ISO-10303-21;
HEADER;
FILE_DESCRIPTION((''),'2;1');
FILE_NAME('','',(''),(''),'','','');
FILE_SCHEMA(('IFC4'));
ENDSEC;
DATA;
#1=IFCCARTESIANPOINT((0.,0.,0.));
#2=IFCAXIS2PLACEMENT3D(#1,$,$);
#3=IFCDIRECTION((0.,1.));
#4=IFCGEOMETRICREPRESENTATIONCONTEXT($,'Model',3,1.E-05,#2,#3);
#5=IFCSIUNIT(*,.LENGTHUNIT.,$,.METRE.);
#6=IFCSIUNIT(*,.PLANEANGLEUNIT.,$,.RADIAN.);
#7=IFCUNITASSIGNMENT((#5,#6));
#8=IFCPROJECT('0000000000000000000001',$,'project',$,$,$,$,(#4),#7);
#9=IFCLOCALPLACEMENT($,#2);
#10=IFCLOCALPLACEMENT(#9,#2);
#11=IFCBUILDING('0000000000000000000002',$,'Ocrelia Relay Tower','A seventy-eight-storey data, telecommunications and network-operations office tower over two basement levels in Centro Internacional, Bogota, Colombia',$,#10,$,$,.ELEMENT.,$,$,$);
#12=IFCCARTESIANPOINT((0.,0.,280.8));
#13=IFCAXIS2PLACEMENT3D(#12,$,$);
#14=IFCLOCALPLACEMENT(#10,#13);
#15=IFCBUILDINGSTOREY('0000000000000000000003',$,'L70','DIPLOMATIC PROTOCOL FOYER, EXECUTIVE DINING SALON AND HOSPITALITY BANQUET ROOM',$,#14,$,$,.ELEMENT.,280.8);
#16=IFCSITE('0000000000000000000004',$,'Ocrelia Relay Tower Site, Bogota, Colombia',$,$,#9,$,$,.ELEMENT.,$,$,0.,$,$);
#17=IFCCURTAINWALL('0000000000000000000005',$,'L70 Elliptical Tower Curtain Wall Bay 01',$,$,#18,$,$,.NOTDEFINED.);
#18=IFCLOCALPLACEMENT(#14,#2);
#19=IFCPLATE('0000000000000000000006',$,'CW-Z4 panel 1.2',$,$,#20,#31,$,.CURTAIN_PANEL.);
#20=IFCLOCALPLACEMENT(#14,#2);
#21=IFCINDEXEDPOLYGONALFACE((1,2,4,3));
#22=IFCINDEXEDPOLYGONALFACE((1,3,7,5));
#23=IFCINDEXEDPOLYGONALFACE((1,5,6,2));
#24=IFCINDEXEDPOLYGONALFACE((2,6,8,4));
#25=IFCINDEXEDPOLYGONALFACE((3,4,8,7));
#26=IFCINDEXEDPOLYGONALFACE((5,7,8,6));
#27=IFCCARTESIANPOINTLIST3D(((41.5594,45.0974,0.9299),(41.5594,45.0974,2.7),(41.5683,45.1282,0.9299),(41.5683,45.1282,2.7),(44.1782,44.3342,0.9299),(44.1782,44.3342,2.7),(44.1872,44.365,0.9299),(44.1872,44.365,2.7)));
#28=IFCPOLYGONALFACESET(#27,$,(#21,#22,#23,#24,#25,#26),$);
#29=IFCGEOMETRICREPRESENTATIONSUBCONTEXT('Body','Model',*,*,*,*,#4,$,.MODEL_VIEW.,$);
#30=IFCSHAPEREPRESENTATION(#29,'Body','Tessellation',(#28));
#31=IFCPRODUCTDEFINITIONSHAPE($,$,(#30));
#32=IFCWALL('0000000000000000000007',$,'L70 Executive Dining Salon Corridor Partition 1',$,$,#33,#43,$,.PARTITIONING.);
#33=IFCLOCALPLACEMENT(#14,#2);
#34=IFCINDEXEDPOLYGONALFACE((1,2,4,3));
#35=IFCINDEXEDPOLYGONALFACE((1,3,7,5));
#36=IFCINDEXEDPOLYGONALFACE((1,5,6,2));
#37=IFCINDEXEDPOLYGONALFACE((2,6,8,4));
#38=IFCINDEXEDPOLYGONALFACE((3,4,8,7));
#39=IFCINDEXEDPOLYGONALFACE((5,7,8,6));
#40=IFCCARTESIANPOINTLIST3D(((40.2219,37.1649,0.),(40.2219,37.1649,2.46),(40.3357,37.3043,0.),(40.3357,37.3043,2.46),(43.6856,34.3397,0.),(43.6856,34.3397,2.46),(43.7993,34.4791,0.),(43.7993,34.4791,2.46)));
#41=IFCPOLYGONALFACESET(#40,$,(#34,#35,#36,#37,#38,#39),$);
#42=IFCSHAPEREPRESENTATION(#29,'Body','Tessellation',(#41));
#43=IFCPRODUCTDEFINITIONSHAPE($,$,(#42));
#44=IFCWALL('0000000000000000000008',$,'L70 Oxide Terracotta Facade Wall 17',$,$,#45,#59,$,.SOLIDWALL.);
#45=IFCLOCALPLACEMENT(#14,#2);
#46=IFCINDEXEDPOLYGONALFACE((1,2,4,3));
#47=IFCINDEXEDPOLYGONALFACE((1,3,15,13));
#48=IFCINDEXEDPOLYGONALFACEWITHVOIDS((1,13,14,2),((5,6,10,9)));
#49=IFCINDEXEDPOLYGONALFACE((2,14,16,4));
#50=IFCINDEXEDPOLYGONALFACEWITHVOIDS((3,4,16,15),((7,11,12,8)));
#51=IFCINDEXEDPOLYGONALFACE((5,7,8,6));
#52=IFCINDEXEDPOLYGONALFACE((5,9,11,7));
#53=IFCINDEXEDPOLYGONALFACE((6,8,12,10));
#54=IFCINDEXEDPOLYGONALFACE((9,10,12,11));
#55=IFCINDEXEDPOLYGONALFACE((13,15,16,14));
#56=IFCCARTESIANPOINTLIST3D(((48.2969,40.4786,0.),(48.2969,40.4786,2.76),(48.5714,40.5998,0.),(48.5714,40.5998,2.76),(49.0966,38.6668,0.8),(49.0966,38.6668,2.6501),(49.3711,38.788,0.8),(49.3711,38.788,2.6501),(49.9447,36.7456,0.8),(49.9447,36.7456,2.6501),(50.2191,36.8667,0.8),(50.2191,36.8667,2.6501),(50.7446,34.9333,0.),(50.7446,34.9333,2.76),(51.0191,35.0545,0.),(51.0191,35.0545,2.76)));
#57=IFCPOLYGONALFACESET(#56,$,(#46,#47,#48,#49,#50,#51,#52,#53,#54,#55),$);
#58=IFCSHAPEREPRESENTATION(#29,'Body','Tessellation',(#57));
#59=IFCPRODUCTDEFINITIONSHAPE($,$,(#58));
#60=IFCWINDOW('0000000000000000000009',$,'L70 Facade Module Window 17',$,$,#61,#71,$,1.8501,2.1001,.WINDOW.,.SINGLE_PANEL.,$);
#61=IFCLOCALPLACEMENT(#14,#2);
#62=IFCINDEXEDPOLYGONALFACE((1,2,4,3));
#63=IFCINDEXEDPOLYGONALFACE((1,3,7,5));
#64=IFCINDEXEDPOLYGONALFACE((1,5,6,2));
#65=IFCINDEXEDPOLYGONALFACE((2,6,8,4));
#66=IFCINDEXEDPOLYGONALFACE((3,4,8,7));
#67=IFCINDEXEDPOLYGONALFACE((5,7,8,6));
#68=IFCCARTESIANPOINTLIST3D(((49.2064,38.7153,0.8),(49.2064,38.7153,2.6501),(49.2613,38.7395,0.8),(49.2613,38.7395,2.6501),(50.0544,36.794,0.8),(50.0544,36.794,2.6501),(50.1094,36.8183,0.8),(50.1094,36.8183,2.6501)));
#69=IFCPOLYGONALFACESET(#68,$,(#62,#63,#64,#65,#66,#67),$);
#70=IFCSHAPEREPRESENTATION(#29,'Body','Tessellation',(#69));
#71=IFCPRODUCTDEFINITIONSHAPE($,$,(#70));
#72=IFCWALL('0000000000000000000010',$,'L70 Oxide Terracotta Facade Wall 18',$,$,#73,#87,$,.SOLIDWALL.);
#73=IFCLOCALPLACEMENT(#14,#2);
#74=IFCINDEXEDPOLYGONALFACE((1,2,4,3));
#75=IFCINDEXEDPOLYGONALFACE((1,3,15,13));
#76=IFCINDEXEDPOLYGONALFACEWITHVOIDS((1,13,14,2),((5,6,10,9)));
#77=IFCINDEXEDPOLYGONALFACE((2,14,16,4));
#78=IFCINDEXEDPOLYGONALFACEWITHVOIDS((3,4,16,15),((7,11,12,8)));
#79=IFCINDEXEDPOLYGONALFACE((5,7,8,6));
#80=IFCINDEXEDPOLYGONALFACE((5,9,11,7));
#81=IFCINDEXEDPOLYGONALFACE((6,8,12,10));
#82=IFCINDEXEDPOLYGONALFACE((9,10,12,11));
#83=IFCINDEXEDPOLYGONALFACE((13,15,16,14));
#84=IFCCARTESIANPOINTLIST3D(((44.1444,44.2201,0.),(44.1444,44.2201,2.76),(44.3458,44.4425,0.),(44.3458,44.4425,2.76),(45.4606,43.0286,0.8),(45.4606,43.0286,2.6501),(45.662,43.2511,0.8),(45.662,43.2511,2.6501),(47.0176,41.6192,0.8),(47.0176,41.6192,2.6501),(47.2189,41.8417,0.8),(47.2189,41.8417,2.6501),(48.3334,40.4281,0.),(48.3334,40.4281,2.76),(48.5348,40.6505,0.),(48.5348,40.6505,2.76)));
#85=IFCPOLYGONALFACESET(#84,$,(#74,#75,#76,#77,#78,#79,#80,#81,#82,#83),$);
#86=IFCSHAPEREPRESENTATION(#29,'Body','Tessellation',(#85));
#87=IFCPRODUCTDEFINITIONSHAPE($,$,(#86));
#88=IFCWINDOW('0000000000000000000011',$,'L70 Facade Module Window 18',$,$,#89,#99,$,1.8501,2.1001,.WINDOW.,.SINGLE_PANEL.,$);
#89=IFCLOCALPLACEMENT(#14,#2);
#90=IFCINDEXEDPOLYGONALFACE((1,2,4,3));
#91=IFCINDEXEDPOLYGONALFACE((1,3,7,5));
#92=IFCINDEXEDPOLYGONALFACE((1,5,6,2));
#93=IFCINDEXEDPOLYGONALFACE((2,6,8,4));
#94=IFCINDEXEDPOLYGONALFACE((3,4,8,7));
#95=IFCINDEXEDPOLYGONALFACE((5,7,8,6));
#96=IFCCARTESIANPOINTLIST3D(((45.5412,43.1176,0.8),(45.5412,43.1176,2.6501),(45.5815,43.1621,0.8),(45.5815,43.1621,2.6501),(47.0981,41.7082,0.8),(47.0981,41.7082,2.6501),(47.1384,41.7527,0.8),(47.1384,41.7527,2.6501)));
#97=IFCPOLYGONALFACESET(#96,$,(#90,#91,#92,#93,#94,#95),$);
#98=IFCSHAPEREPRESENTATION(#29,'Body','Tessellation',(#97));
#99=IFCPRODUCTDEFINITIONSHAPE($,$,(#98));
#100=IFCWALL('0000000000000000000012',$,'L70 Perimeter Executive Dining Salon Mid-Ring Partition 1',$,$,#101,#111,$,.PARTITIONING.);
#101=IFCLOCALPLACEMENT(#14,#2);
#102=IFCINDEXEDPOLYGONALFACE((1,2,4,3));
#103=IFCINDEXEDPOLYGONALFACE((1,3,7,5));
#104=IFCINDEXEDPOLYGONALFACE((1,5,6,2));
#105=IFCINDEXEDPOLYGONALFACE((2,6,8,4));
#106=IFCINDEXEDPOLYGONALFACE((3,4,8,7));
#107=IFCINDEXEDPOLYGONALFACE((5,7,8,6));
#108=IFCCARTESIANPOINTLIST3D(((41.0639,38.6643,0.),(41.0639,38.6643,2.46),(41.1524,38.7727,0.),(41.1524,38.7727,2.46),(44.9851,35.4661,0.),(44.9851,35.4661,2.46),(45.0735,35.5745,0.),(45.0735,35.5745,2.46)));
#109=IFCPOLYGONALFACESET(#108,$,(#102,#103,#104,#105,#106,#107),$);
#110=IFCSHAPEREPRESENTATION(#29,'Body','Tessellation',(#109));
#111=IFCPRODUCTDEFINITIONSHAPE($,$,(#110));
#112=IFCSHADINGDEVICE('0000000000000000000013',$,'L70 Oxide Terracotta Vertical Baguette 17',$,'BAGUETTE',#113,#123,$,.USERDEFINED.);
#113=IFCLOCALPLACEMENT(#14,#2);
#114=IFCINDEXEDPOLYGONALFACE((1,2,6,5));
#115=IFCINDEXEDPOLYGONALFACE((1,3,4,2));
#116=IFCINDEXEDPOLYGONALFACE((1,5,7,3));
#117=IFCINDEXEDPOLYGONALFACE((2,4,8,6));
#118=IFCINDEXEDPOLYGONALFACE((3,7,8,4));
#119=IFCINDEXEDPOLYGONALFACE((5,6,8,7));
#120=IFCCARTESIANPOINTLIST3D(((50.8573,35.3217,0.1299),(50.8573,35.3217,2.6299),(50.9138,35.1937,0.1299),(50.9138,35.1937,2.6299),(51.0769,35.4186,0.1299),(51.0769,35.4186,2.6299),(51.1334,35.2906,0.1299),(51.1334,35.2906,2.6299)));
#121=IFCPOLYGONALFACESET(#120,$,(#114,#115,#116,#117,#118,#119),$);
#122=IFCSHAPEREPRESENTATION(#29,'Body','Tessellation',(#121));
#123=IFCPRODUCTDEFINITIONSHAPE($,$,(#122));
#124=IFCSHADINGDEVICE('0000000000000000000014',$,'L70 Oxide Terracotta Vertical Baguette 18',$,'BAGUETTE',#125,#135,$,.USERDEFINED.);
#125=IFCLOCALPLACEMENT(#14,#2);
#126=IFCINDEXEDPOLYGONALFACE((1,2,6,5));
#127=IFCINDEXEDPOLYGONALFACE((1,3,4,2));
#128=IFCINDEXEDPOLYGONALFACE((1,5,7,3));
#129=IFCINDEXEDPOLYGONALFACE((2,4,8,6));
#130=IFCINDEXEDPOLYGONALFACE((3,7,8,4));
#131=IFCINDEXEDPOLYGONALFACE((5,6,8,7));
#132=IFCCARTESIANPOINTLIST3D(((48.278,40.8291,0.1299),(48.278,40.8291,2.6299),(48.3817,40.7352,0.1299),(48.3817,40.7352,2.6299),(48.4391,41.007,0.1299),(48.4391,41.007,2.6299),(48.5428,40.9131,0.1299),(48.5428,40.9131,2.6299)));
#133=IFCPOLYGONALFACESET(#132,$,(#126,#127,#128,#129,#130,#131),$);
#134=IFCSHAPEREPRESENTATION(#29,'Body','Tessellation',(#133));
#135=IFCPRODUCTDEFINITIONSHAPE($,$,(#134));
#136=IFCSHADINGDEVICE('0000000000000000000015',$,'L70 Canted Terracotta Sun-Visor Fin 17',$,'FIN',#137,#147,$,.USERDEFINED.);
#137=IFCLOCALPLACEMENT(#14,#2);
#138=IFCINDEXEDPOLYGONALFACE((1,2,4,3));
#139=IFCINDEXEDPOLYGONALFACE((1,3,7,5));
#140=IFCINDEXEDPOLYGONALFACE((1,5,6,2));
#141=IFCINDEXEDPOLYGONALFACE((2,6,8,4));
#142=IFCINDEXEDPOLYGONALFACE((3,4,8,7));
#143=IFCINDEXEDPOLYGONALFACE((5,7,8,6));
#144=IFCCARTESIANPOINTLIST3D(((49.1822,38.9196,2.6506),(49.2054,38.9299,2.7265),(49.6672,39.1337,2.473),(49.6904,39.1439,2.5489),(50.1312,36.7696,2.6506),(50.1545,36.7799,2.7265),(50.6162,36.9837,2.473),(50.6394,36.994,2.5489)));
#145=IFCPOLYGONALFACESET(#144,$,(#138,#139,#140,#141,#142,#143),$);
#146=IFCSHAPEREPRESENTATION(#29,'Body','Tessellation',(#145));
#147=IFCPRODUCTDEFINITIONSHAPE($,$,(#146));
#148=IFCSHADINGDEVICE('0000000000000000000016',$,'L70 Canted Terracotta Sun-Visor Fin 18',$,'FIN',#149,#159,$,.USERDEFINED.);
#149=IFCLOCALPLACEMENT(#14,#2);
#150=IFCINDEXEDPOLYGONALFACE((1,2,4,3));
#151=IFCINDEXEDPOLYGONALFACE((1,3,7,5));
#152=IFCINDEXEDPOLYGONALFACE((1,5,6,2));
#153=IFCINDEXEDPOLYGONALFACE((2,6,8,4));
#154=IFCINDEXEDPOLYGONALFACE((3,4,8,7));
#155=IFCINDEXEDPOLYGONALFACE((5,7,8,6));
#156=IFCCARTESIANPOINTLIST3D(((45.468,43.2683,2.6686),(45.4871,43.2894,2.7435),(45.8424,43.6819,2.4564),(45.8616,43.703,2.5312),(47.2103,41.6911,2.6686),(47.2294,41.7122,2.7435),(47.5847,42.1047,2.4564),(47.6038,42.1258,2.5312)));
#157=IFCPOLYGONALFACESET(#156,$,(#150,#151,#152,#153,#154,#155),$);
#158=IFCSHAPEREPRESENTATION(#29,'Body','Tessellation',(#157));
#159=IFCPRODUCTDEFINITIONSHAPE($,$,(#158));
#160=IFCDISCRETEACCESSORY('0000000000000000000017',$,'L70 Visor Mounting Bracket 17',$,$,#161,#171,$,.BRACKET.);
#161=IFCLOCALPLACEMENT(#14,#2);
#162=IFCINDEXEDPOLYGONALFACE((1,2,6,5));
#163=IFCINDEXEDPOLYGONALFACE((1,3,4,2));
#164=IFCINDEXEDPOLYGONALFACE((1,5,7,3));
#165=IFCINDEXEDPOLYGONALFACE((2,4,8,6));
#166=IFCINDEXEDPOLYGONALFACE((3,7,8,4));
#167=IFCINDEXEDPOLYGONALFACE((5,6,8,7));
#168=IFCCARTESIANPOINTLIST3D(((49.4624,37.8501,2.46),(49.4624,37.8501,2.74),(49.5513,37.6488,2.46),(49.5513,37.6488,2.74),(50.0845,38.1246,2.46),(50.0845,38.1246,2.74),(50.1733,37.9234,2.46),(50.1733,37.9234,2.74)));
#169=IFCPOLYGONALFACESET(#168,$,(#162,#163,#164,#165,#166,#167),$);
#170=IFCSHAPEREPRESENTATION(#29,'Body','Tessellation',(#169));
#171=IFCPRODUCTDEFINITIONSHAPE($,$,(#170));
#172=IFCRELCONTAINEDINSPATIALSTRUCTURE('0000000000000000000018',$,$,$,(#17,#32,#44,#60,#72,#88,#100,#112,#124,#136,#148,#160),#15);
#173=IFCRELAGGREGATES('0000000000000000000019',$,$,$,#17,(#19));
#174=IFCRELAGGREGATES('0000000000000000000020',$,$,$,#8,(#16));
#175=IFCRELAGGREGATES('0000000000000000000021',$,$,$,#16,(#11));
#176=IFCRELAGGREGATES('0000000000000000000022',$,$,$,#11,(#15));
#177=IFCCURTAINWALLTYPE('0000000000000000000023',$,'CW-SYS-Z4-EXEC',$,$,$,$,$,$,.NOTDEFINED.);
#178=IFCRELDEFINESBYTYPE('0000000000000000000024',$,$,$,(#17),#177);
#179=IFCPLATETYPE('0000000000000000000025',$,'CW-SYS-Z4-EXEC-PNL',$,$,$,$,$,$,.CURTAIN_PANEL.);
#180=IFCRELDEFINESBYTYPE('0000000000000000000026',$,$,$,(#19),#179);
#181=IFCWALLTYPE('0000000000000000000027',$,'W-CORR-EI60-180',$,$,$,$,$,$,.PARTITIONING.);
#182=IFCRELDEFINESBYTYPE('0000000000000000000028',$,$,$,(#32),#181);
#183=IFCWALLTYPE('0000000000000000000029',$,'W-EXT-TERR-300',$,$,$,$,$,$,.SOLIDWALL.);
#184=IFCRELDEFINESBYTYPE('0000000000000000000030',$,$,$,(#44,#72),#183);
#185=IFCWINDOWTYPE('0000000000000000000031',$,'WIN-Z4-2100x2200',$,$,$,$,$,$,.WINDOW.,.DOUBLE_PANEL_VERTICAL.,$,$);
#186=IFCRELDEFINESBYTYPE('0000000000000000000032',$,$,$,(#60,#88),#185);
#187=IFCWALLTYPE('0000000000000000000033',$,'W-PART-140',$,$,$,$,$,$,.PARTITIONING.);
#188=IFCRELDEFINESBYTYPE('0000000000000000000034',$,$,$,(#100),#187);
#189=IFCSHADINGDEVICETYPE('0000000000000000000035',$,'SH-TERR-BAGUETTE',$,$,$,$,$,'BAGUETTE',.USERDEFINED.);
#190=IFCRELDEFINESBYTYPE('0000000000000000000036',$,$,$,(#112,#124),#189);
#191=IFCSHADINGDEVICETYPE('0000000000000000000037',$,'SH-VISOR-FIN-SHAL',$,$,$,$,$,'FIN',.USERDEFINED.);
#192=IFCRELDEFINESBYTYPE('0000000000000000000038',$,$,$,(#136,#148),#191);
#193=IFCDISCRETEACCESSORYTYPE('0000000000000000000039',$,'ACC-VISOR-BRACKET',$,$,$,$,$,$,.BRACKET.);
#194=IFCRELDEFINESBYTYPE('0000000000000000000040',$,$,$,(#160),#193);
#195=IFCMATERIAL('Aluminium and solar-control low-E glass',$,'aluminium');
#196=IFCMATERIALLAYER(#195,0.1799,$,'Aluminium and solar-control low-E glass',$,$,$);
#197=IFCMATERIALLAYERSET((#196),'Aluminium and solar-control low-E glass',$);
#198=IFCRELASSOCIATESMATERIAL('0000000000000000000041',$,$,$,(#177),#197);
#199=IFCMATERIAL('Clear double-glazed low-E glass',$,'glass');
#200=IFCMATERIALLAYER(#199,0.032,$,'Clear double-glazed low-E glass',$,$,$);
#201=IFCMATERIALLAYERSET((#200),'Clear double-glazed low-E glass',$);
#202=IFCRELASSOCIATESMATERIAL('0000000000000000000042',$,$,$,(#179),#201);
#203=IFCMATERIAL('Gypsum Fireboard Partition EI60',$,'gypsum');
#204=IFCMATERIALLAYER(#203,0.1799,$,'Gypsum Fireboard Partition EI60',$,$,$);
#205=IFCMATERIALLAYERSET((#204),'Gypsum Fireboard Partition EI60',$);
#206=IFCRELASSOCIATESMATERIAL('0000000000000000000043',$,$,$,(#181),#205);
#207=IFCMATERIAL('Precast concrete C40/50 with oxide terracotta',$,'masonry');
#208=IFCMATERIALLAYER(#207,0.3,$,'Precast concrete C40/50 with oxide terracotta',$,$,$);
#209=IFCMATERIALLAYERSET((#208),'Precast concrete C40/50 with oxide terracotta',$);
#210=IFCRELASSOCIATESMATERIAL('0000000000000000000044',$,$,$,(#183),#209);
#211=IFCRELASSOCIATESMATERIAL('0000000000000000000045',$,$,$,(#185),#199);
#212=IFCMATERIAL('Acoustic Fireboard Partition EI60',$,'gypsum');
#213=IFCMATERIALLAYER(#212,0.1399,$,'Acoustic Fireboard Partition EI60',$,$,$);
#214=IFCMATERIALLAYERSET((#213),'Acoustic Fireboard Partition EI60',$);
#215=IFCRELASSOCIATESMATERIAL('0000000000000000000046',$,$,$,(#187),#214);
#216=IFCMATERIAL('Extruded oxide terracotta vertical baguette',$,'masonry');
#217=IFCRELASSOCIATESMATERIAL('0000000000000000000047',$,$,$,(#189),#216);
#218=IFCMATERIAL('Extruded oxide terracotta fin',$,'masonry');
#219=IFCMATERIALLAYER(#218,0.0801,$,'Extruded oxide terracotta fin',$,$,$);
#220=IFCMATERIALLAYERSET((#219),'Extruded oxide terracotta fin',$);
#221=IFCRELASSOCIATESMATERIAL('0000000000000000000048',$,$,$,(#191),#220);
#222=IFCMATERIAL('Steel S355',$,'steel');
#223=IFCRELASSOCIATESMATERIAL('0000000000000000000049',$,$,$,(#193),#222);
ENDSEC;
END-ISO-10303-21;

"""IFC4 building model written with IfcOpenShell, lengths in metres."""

from ifc_helpers import new_model, si_unit, direction, frame, frame_2d, origin, origin_2d, place, context, subcontext, project, spatial, rectangle, extrude, material, layer, layer_set, type_object, element, fill, aggregate, save


model = new_model("IFC4")

# Units and contexts
model_context = context("Model", 3, precision=1e-05, world=origin(), true_north=direction((0.0, 1.0)))
body_context = subcontext(model_context, "Body", "Model", "MODEL_VIEW")
ifc_project = project(units=[si_unit("LENGTHUNIT", "METRE"), si_unit("PLANEANGLEUNIT", "RADIAN")], contexts=[model_context])

# Site, building, storey
site_placement = place(None, origin())
site = spatial("IfcSite", under=ifc_project, at=site_placement, Name="Ocrelia Relay Tower Site, Bogota, Colombia", CompositionType="ELEMENT", RefElevation=0.0)
building_placement = place(site_placement, origin())
building = spatial("IfcBuilding", under=site, at=building_placement, Name="Ocrelia Relay Tower", Description="A seventy-eight-storey data, telecommunications and network-operations office tower over two basement levels in Centro Internacional, Bogota, Colombia", CompositionType="ELEMENT")
storey_placement = place(building_placement, frame((0.0, 0.0, 280.8)))
storey = spatial("IfcBuildingStorey", under=building, at=storey_placement, Name="L70", Description="DIPLOMATIC PROTOCOL FOYER, EXECUTIVE DINING SALON AND HOSPITALITY BANQUET ROOM", CompositionType="ELEMENT", Elevation=280.8)

# Shared definitions
ifc_material_1 = material(Name="Steel S355", Category="steel")

# Curtain wall, plate
ifc_material_2 = material(Name="Aluminium and solar-control low-E glass", Category="aluminium")
ifc_layer_1 = layer(ifc_material_2, 0.1799, Name="Aluminium and solar-control low-E glass")
ifc_layer_set_1 = layer_set([ifc_layer_1], Name="Aluminium and solar-control low-E glass")
curtain_wall_type = type_object("IfcCurtainWallType", Name="CW-SYS-Z4-EXEC", PredefinedType="NOTDEFINED", material=ifc_layer_set_1)
curtain_wall_placement = place(storey_placement, origin())
curtain_wall = element("IfcCurtainWall", 1, at=curtain_wall_placement, inside=storey, type_object=curtain_wall_type, Name="L70 Elliptical Tower Curtain Wall Bay 01", PredefinedType="NOTDEFINED")
ifc_material_3 = material(Name="Clear double-glazed low-E glass", Category="glass")
ifc_layer_2 = layer(ifc_material_3, 0.032, Name="Clear double-glazed low-E glass")
ifc_layer_set_2 = layer_set([ifc_layer_2], Name="Clear double-glazed low-E glass")
plate_type = type_object("IfcPlateType", Name="CW-SYS-Z4-EXEC-PNL", PredefinedType="CURTAIN_PANEL", material=ifc_layer_set_2)
plate_1_placement = place(storey_placement, frame((42.8733, 44.7312, 0.9299), z_axis=(0.0, 0.0, 1.0), x_axis=(-0.960062, 0.279787, 0.0)))
plate_1 = element("IfcPlate", 2, at=plate_1_placement, type_object=plate_type, Name="CW-Z4 panel 1.2", PredefinedType="CURTAIN_PANEL", context=body_context, shape_type="SweptSolid", body=[
    extrude(rectangle(XDim=2.7278, YDim=0.032, at=origin_2d()), origin(), (0.0, 0.0, 1.0), 1.77),
])
aggregate(curtain_wall, [plate_1])

# Wall
ifc_material_4 = material(Name="Gypsum Fireboard Partition EI60", Category="gypsum")
ifc_layer_3 = layer(ifc_material_4, 0.1799, Name="Gypsum Fireboard Partition EI60")
ifc_layer_set_3 = layer_set([ifc_layer_3], Name="Gypsum Fireboard Partition EI60")
wall_type_1 = type_object("IfcWallType", Name="W-CORR-EI60-180", PredefinedType="PARTITIONING", material=ifc_layer_set_3)
wall_1_placement = place(storey_placement, frame((43.7424, 34.4094, 0.0), z_axis=(0.0, 0.0, 1.0), x_axis=(-0.774908, 0.632074, 0.0)))
element("IfcWall", 3, at=wall_1_placement, inside=storey, type_object=wall_type_1, Name="L70 Executive Dining Salon Corridor Partition 1", PredefinedType="PARTITIONING", context=body_context, shape_type="SweptSolid", body=[
    extrude(rectangle(XDim=4.4697, YDim=0.1799, at=frame_2d((2.2349, 0.0))), origin(), (0.0, 0.0, 1.0), 2.46),
])

# Walls, openings, windows
ifc_material_5 = material(Name="Precast concrete C40/50 with oxide terracotta", Category="masonry")
ifc_layer_4 = layer(ifc_material_5, 0.3, Name="Precast concrete C40/50 with oxide terracotta")
ifc_layer_set_4 = layer_set([ifc_layer_4], Name="Precast concrete C40/50 with oxide terracotta")
wall_type_2 = type_object("IfcWallType", Name="W-EXT-TERR-300", PredefinedType="SOLIDWALL", material=ifc_layer_set_4)
wall_2_placement = place(storey_placement, frame((50.8818, 34.9939, 0.0), z_axis=(0.0, 0.0, 1.0), x_axis=(-0.403813, 0.914842, 0.0)))
wall_2 = element("IfcWall", 4, at=wall_2_placement, inside=storey, type_object=wall_type_2, Name="L70 Oxide Terracotta Facade Wall 17", PredefinedType="SOLIDWALL", context=body_context, shape_type="SweptSolid", body=[
    extrude(rectangle(XDim=6.0615, YDim=0.3, at=frame_2d((3.0308, 0.0))), origin(), (0.0, 0.0, 1.0), 2.76),
])
opening_1_placement = place(wall_2_placement, frame((1.981, 0.0, 0.8)))
opening_1 = element("IfcOpeningElement", 5, at=opening_1_placement, cuts=wall_2, PredefinedType="OPENING", context=body_context, shape_type="SweptSolid", body=[
    extrude(rectangle(XDim=2.1001, YDim=1.8501, at=frame_2d((1.05, 0.925))), frame((0.0, 0.1602, 0.0), z_axis=(0.0, -1.0, 0.0), x_axis=(1.0, 0.0, 0.0)), (0.0, 0.0, 1.0), 0.3201),
])
window_type = type_object("IfcWindowType", Name="WIN-Z4-2100x2200", PartitioningType="DOUBLE_PANEL_VERTICAL", PredefinedType="WINDOW", material=ifc_material_3)
window_1_placement = place(opening_1_placement, origin())
window_1 = element("IfcWindow", 6, at=window_1_placement, inside=storey, type_object=window_type, Name="L70 Facade Module Window 17", OverallHeight=1.8501, OverallWidth=2.1001, PartitioningType="SINGLE_PANEL", PredefinedType="WINDOW", context=body_context, shape_type="SweptSolid", body=[
    extrude(rectangle(XDim=2.1001, YDim=1.8501, at=frame_2d((1.05, 0.925))), frame((0.0, 0.03, 0.0), z_axis=(0.0, -1.0, 0.0), x_axis=(1.0, 0.0, 0.0)), (0.0, 0.0, 1.0), 0.0601),
])
fill(opening_1, window_1)
wall_3_placement = place(storey_placement, frame((48.4341, 40.5393, 0.0), z_axis=(0.0, 0.0, 1.0), x_axis=(-0.741362, 0.671106, 0.0)))
wall_3 = element("IfcWall", 7, at=wall_3_placement, inside=storey, type_object=wall_type_2, Name="L70 Oxide Terracotta Facade Wall 18", PredefinedType="SOLIDWALL", context=body_context, shape_type="SweptSolid", body=[
    extrude(rectangle(XDim=5.6504, YDim=0.3, at=frame_2d((2.8252, 0.0))), origin(), (0.0, 0.0, 1.0), 2.76),
])
opening_2_placement = place(wall_3_placement, frame((1.7749, 0.0, 0.8)))
opening_2 = element("IfcOpeningElement", 8, at=opening_2_placement, cuts=wall_3, PredefinedType="OPENING", context=body_context, shape_type="SweptSolid", body=[
    extrude(rectangle(XDim=2.1001, YDim=1.8501, at=frame_2d((1.05, 0.925))), frame((0.0, 0.1602, 0.0), z_axis=(0.0, -1.0, 0.0), x_axis=(1.0, 0.0, 0.0)), (0.0, 0.0, 1.0), 0.3201),
])
window_2_placement = place(opening_2_placement, origin())
window_2 = element("IfcWindow", 9, at=window_2_placement, inside=storey, type_object=window_type, Name="L70 Facade Module Window 18", OverallHeight=1.8501, OverallWidth=2.1001, PartitioningType="SINGLE_PANEL", PredefinedType="WINDOW", context=body_context, shape_type="SweptSolid", body=[
    extrude(rectangle(XDim=2.1001, YDim=1.8501, at=frame_2d((1.05, 0.925))), frame((0.0, 0.03, 0.0), z_axis=(0.0, -1.0, 0.0), x_axis=(1.0, 0.0, 0.0)), (0.0, 0.0, 1.0), 0.0601),
])
fill(opening_2, window_2)

# Wall
ifc_material_6 = material(Name="Acoustic Fireboard Partition EI60", Category="gypsum")
ifc_layer_5 = layer(ifc_material_6, 0.1399, Name="Acoustic Fireboard Partition EI60")
ifc_layer_set_5 = layer_set([ifc_layer_5], Name="Acoustic Fireboard Partition EI60")
wall_type_3 = type_object("IfcWallType", Name="W-PART-140", PredefinedType="PARTITIONING", material=ifc_layer_set_5)
wall_4_placement = place(storey_placement, frame((45.0293, 35.5203, 0.0), z_axis=(0.0, 0.0, 1.0), x_axis=(-0.774922, 0.632057, 0.0)))
element("IfcWall", 10, at=wall_4_placement, inside=storey, type_object=wall_type_3, Name="L70 Perimeter Executive Dining Salon Mid-Ring Partition 1", PredefinedType="PARTITIONING", context=body_context, shape_type="SweptSolid", body=[
    extrude(rectangle(XDim=5.0601, YDim=0.1399, at=frame_2d((2.53, 0.0))), origin(), (0.0, 0.0, 1.0), 2.46),
])

# Shading devices
ifc_material_7 = material(Name="Extruded oxide terracotta vertical baguette", Category="masonry")
shading_device_type_1 = type_object("IfcShadingDeviceType", Name="SH-TERR-BAGUETTE", ElementType="BAGUETTE", PredefinedType="USERDEFINED", material=ifc_material_7)
for number, where, z_axis, x_axis, name in (
    (11, (50.9954, 35.3062, 0.1299), (0.0, 0.0, 1.0), (-0.403821, 0.914838, 0.0), "L70 Oxide Terracotta Vertical Baguette 17"),
    (12, (48.4104, 40.8711, 0.1299), (0.0, 0.0, 1.0), (-0.741356, 0.671112, 0.0), "L70 Oxide Terracotta Vertical Baguette 18"),
):
    element("IfcShadingDevice", number, at=place(storey_placement, frame(where, z_axis=z_axis, x_axis=x_axis)), inside=storey, type_object=shading_device_type_1, Name=name, ObjectType="BAGUETTE", PredefinedType="USERDEFINED", context=body_context, shape_type="SweptSolid", body=[
        extrude(rectangle(XDim=0.1399, YDim=0.24, at=origin_2d()), origin(), (0.0, 0.0, 1.0), 2.5),
    ])
ifc_material_8 = material(Name="Extruded oxide terracotta fin", Category="masonry")
ifc_layer_6 = layer(ifc_material_8, 0.0801, Name="Extruded oxide terracotta fin")
ifc_layer_set_6 = layer_set([ifc_layer_6], Name="Extruded oxide terracotta fin")
shading_device_type_2 = type_object("IfcShadingDeviceType", Name="SH-VISOR-FIN-SHAL", ElementType="FIN", PredefinedType="USERDEFINED", material=ifc_layer_set_6)
shading_device_1_placement = place(storey_placement, frame((49.8992, 37.9517, 2.5618), z_axis=(0.290585, 0.128268, 0.948213), x_axis=(-0.403821, 0.914838, 0.0)))
element("IfcShadingDevice", 13, at=shading_device_1_placement, inside=storey, type_object=shading_device_type_2, Name="L70 Canted Terracotta Sun-Visor Fin 17", ObjectType="FIN", PredefinedType="USERDEFINED", context=body_context, shape_type="SweptSolid", body=[
    extrude(rectangle(XDim=2.3501, YDim=0.5591, at=origin_2d()), origin(), (0.0, 0.0, 1.0), 0.0801),
])
shading_device_2_placement = place(storey_placement, frame((46.5264, 42.6865, 2.5625), z_axis=(0.238645, 0.263623, 0.93464), x_axis=(-0.741356, 0.671112, 0.0)))
element("IfcShadingDevice", 14, at=shading_device_2_placement, inside=storey, type_object=shading_device_type_2, Name="L70 Canted Terracotta Sun-Visor Fin 18", ObjectType="FIN", PredefinedType="USERDEFINED", context=body_context, shape_type="SweptSolid", body=[
    extrude(rectangle(XDim=2.3501, YDim=0.5969, at=origin_2d()), origin(), (0.0, 0.0, 1.0), 0.0801),
])

# Discrete accessory
discrete_accessory_type = type_object("IfcDiscreteAccessoryType", Name="ACC-VISOR-BRACKET", PredefinedType="BRACKET", material=ifc_material_1)
for number, where, z_axis, x_axis, name in (
    (15, (49.8179, 37.8867, 2.46), (0.0, 0.0, 1.0), (-0.403821, 0.914838, 0.0), "L70 Visor Mounting Bracket 17"),
):
    element("IfcDiscreteAccessory", number, at=place(storey_placement, frame(where, z_axis=z_axis, x_axis=x_axis)), inside=storey, type_object=discrete_accessory_type, Name=name, PredefinedType="BRACKET", context=body_context, shape_type="SweptSolid", body=[
        extrude(rectangle(XDim=0.22, YDim=0.6799, at=origin_2d()), origin(), (0.0, 0.0, 1.0), 0.28),
    ])

save(model, "model.ifc")
